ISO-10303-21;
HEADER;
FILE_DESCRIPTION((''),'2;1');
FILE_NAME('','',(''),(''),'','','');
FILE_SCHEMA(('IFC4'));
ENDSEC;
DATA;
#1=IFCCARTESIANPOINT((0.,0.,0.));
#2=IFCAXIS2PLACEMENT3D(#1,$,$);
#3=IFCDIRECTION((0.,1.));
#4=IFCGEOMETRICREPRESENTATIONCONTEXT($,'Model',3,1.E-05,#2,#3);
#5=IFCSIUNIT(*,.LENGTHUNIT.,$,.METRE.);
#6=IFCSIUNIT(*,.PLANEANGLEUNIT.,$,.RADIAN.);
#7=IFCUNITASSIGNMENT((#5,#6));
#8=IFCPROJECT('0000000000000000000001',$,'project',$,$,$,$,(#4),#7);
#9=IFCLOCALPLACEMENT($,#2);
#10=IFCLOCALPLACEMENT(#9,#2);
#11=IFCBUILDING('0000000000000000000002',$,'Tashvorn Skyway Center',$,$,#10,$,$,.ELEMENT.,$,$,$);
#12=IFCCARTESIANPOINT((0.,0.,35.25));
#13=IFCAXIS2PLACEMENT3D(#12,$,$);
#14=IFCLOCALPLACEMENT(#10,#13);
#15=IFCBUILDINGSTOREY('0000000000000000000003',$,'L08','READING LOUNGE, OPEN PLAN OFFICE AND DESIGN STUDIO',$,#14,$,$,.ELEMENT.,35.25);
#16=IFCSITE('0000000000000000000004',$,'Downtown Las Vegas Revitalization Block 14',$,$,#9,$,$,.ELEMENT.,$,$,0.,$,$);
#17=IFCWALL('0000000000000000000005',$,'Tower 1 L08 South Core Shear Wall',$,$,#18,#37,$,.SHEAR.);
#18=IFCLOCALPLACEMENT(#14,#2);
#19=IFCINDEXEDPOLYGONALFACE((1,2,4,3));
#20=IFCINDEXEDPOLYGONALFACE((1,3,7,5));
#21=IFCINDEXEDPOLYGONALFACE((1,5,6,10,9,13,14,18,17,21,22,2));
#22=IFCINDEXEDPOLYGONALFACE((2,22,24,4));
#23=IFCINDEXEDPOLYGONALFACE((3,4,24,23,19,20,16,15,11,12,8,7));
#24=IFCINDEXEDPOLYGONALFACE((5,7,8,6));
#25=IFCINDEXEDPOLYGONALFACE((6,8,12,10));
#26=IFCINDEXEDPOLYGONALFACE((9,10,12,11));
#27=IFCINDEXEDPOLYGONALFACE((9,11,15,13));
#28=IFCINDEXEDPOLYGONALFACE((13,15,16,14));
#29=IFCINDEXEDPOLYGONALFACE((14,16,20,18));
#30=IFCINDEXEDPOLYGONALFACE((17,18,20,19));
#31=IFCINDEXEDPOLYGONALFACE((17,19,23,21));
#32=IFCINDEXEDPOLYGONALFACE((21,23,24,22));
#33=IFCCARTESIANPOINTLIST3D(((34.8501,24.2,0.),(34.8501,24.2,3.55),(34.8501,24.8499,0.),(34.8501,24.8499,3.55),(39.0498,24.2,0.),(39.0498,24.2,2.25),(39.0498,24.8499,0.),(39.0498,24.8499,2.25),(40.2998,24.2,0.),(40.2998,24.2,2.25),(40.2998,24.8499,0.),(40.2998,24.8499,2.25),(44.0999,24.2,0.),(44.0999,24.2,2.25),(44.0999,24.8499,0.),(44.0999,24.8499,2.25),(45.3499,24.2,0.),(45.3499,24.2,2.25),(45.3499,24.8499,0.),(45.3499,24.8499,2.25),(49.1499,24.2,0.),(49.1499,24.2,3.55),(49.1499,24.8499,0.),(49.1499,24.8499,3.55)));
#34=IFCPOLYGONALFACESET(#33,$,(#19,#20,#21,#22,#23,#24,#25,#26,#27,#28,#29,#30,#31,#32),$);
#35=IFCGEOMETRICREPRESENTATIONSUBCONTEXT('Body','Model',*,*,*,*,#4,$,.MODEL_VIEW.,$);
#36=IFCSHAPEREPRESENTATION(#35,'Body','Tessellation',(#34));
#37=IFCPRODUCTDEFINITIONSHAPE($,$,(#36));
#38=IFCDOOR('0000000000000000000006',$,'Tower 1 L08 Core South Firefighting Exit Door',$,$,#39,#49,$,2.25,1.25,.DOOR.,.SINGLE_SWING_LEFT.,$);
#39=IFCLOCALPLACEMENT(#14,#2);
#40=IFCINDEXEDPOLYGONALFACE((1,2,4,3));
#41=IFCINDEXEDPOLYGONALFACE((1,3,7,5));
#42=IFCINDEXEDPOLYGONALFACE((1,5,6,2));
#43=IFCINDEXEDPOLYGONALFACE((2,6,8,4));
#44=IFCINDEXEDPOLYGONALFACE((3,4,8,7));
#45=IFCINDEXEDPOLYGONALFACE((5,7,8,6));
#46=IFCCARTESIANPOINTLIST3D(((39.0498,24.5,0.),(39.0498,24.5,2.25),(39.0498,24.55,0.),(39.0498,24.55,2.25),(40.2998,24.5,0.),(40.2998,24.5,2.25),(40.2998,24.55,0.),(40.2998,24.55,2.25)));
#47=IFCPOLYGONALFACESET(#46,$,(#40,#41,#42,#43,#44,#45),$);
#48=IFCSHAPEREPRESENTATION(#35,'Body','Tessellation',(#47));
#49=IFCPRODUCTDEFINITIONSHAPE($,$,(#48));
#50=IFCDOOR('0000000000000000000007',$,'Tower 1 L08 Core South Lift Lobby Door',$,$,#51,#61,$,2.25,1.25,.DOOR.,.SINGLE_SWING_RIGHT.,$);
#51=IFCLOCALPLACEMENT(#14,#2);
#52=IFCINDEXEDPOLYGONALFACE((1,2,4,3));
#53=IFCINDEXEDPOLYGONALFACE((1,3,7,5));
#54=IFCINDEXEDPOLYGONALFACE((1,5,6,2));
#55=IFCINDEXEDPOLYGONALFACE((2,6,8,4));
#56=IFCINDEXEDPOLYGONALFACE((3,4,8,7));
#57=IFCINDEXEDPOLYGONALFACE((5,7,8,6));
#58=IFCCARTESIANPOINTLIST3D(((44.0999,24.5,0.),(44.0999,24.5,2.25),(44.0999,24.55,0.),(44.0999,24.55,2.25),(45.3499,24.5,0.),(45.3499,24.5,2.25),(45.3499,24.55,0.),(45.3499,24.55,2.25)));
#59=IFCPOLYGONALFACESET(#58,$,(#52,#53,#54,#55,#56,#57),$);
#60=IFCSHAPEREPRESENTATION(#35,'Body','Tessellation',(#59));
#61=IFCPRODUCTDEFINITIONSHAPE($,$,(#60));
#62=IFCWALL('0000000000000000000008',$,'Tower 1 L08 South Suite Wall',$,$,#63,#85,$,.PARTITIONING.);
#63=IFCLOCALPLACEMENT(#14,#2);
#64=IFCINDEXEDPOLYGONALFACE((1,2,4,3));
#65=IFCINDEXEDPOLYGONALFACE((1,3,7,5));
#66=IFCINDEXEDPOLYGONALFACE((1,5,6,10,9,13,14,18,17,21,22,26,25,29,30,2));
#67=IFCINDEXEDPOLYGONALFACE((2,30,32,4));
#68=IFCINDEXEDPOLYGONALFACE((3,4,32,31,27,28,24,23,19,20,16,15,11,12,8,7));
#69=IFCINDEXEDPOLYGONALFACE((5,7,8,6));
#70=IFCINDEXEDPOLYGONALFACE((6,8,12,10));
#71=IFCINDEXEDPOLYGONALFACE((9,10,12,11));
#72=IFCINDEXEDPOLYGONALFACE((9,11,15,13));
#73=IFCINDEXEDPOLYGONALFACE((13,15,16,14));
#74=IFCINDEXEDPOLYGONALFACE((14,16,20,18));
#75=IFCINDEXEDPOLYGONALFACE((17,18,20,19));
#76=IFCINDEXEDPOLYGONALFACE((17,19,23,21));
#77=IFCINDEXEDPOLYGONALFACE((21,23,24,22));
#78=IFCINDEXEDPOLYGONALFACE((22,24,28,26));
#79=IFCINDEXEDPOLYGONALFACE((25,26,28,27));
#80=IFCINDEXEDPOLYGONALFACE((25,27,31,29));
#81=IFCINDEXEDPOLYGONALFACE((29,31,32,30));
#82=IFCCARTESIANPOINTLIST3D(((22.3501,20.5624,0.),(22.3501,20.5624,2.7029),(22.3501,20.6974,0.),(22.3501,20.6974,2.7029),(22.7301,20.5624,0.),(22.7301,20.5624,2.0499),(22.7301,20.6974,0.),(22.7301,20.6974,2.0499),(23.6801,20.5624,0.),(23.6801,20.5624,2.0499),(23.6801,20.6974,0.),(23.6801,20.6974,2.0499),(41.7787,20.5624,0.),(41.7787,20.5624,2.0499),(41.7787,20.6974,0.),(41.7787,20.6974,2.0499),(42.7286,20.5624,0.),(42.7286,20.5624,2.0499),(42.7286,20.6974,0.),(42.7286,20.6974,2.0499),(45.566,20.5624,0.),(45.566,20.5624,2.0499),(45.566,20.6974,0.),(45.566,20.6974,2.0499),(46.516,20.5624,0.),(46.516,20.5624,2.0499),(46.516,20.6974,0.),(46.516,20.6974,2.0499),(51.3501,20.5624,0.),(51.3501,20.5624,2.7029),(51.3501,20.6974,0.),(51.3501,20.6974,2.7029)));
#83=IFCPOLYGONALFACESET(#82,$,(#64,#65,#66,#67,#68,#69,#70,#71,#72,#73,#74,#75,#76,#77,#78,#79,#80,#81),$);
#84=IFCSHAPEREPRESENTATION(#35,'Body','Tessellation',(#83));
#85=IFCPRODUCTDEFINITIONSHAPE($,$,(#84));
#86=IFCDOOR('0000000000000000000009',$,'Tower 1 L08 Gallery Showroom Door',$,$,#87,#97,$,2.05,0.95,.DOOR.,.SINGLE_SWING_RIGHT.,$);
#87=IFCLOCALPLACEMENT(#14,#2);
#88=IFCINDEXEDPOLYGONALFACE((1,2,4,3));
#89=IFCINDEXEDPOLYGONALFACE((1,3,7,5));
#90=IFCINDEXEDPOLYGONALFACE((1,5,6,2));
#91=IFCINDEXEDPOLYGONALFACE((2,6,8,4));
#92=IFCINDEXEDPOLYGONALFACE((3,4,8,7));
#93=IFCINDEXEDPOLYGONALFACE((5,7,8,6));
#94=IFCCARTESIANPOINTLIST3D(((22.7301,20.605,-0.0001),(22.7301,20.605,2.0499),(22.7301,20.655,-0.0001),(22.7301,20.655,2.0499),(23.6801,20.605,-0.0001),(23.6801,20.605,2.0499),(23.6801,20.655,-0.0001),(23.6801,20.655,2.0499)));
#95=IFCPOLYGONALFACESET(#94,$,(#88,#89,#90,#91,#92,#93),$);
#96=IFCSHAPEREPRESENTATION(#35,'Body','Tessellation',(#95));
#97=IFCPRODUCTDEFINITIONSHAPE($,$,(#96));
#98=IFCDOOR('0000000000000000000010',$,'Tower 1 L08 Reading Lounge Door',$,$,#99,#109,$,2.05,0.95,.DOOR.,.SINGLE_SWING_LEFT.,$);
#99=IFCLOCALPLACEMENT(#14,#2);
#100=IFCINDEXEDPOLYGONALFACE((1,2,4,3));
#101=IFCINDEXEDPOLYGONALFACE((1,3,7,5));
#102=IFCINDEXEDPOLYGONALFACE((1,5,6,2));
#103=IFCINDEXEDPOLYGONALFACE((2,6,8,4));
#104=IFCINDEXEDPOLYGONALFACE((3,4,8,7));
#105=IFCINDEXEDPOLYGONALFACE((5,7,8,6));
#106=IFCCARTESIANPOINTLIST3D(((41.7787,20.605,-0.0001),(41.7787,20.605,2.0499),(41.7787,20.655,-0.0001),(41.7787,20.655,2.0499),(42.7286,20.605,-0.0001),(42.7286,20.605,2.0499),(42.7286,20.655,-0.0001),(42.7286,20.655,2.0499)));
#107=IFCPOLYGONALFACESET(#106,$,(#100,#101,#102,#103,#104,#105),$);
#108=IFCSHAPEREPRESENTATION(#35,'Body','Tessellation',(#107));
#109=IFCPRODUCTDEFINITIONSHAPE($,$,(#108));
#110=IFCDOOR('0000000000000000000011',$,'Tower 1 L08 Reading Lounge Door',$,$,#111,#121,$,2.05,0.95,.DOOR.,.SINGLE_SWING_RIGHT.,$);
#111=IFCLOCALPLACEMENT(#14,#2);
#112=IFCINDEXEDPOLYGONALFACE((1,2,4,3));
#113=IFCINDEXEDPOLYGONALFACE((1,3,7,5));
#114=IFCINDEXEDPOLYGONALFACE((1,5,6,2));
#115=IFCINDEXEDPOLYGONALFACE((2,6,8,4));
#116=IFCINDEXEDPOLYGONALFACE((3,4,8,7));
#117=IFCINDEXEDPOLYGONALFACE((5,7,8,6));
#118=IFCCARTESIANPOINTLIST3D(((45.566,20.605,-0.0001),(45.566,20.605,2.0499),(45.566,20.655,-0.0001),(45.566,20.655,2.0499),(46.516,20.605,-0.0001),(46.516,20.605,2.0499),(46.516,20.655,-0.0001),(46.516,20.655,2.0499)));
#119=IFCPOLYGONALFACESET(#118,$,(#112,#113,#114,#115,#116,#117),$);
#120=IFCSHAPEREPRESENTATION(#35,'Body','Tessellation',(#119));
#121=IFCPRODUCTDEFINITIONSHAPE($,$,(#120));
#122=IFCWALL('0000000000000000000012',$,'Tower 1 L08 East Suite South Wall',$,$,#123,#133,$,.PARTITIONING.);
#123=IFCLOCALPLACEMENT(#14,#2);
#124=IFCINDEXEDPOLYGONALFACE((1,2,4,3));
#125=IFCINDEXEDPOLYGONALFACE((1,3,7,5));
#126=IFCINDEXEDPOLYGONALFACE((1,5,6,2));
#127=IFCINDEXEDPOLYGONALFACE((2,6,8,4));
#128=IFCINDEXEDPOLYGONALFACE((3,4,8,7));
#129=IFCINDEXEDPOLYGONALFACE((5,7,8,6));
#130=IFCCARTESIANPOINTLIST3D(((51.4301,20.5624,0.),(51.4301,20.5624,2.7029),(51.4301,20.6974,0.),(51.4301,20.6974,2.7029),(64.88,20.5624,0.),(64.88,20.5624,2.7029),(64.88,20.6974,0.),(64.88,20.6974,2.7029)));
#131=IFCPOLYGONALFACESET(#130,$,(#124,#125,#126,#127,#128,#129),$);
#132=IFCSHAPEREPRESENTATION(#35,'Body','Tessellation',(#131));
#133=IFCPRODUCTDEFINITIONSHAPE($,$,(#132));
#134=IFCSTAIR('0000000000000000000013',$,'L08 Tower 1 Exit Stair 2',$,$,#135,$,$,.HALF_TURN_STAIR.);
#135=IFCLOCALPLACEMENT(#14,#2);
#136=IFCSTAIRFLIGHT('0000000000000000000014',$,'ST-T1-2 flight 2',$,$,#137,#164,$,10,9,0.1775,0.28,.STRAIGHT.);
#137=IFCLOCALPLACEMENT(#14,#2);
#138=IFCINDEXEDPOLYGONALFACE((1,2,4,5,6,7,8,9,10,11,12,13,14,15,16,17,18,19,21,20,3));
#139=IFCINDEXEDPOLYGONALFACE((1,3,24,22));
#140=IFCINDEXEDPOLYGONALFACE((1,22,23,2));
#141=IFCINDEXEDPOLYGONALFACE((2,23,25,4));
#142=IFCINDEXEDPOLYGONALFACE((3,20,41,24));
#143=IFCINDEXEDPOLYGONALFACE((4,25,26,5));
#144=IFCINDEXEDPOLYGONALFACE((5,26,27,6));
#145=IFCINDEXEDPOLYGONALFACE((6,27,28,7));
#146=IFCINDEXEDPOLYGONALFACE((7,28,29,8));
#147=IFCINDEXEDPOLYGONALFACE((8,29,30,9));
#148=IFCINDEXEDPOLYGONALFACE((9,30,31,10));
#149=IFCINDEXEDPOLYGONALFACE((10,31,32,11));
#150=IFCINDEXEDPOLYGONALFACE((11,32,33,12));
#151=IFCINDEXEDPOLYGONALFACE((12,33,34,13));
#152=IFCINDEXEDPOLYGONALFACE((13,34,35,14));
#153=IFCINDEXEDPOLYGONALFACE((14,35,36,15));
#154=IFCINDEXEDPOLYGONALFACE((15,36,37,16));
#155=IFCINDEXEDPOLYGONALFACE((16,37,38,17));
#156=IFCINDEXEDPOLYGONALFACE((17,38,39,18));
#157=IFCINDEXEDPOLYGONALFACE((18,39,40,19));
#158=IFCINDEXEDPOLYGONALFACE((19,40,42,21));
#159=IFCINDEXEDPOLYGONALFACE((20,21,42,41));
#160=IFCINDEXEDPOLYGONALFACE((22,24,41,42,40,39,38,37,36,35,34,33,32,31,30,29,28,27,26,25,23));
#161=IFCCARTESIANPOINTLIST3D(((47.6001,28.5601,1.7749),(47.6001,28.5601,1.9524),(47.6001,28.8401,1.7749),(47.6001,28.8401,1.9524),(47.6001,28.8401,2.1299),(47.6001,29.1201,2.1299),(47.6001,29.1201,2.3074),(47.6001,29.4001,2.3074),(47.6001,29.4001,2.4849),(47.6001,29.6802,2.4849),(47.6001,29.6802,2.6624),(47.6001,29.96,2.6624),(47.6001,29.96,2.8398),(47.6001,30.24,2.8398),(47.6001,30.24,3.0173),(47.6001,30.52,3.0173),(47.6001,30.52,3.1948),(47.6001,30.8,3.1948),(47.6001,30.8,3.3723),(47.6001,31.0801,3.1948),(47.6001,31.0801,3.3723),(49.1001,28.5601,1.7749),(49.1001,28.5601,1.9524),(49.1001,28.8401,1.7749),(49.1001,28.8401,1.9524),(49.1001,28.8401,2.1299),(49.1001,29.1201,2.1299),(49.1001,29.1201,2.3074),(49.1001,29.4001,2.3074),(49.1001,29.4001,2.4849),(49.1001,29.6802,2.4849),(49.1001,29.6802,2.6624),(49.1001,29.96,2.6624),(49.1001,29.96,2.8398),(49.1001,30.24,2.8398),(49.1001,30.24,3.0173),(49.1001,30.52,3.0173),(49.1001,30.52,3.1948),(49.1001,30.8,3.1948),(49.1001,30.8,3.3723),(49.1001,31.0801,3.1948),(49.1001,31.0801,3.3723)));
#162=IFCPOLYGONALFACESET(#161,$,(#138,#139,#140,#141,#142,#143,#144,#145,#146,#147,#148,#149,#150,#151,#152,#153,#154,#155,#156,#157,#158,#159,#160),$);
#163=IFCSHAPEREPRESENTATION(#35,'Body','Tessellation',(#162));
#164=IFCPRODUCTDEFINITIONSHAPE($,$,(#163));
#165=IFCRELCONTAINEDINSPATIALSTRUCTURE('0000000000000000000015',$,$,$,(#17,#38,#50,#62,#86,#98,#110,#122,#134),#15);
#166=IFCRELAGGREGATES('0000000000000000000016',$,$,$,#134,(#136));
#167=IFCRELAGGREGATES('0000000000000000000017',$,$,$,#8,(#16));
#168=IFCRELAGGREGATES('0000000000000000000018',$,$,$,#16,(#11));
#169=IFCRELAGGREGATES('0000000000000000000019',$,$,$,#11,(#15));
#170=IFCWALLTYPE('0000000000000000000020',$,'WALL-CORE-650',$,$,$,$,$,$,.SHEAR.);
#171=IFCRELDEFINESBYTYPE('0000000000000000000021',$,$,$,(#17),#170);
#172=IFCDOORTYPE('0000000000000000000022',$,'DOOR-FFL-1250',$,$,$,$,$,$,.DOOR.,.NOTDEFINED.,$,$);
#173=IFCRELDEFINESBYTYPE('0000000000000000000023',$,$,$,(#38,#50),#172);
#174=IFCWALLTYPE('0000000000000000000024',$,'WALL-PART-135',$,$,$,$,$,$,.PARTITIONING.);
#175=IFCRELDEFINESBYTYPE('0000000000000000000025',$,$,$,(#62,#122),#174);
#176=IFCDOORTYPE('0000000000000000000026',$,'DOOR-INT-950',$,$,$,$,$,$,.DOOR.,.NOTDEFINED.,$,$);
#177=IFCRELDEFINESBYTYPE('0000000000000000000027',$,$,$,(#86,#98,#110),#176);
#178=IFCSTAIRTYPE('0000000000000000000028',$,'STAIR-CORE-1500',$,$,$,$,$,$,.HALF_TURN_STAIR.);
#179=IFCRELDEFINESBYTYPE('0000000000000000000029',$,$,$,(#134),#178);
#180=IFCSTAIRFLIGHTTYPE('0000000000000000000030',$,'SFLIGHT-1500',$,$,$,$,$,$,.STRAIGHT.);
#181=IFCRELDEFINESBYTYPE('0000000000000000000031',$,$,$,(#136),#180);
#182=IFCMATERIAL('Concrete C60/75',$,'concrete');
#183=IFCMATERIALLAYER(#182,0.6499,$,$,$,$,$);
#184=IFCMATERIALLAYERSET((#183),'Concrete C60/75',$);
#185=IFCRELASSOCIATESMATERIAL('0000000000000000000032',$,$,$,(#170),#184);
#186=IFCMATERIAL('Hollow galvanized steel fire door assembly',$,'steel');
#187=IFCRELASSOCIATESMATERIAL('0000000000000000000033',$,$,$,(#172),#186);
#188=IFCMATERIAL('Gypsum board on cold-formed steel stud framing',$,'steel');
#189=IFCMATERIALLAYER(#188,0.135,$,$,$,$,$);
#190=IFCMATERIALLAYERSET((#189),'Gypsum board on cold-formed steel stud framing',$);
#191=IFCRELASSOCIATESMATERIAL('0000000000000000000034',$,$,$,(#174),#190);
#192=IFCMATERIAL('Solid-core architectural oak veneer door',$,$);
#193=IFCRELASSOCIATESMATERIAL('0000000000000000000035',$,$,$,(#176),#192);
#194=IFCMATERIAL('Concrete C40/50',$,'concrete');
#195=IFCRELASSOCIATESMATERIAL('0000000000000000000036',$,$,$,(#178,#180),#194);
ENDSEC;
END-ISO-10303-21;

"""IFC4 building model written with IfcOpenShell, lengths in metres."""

from ifc_helpers import new_model, si_unit, direction, frame, frame_2d, origin, place, context, subcontext, project, spatial, polyline, rectangle, outline, extrude, material, layer, layer_set, type_object, element, fill, aggregate, save


model = new_model("IFC4")

# Units and contexts
model_context = context("Model", 3, precision=1e-05, world=origin(), true_north=direction((0.0, 1.0)))
body_context = subcontext(model_context, "Body", "Model", "MODEL_VIEW")
ifc_project = project(units=[si_unit("LENGTHUNIT", "METRE"), si_unit("PLANEANGLEUNIT", "RADIAN")], contexts=[model_context])

# Site, building, storey
site_placement = place(None, origin())
site = spatial("IfcSite", under=ifc_project, at=site_placement, Name="Downtown Las Vegas Revitalization Block 14", CompositionType="ELEMENT", RefElevation=0.0)
building_placement = place(site_placement, origin())
building = spatial("IfcBuilding", under=site, at=building_placement, Name="Tashvorn Skyway Center", CompositionType="ELEMENT")
storey_placement = place(building_placement, frame((0.0, 0.0, 35.25)))
storey = spatial("IfcBuildingStorey", under=building, at=storey_placement, Name="L08", Description="READING LOUNGE, OPEN PLAN OFFICE AND DESIGN STUDIO", CompositionType="ELEMENT", Elevation=35.25)

# Walls, openings, doors
ifc_material_1 = material(Name="Concrete C60/75", Category="concrete")
ifc_layer_1 = layer(ifc_material_1, 0.6499)
ifc_layer_set_1 = layer_set([ifc_layer_1], Name="Concrete C60/75")
wall_type_1 = type_object("IfcWallType", Name="WALL-CORE-650", PredefinedType="SHEAR", material=ifc_layer_set_1)
wall_1_placement = place(storey_placement, frame((49.1499, 24.5249, 0.0), z_axis=(0.0, 0.0, 1.0), x_axis=(-1.0, 0.0, 0.0)))
wall_1 = element("IfcWall", 1, at=wall_1_placement, inside=storey, type_object=wall_type_1, Name="Tower 1 L08 South Core Shear Wall", PredefinedType="SHEAR", context=body_context, shape_type="SweptSolid", body=[
    extrude(rectangle(XDim=14.2998, YDim=0.6499, at=frame_2d((7.1499, 0.0))), origin(), (0.0, 0.0, 1.0), 3.55),
])
opening_1_placement = place(wall_1_placement, frame((8.8501, 0.0, 0.0)))
opening_1 = element("IfcOpeningElement", 2, at=opening_1_placement, cuts=wall_1, PredefinedType="OPENING", context=body_context, shape_type="SweptSolid", body=[
    extrude(rectangle(XDim=1.25, YDim=2.25, at=frame_2d((0.625, 1.125))), frame((0.0, 0.335, 0.0), z_axis=(0.0, -1.0, 0.0), x_axis=(1.0, 0.0, 0.0)), (0.0, 0.0, 1.0), 0.6699),
])
opening_2_placement = place(wall_1_placement, frame((3.8, 0.0, 0.0)))
opening_2 = element("IfcOpeningElement", 3, at=opening_2_placement, cuts=wall_1, PredefinedType="OPENING", context=body_context, shape_type="SweptSolid", body=[
    extrude(rectangle(XDim=1.25, YDim=2.25, at=frame_2d((0.625, 1.125))), frame((0.0, 0.335, 0.0), z_axis=(0.0, -1.0, 0.0), x_axis=(1.0, 0.0, 0.0)), (0.0, 0.0, 1.0), 0.6699),
])
ifc_material_2 = material(Name="Hollow galvanized steel fire door assembly", Category="steel")
door_type_1 = type_object("IfcDoorType", Name="DOOR-FFL-1250", OperationType="NOTDEFINED", PredefinedType="DOOR", material=ifc_material_2)
door_1_placement = place(opening_1_placement, origin())
door_1 = element("IfcDoor", 4, at=door_1_placement, inside=storey, type_object=door_type_1, Name="Tower 1 L08 Core South Firefighting Exit Door", OperationType="SINGLE_SWING_LEFT", OverallHeight=2.25, OverallWidth=1.25, PredefinedType="DOOR", context=body_context, shape_type="SweptSolid", body=[
    extrude(rectangle(XDim=1.25, YDim=2.25, at=frame_2d((0.625, 1.125))), frame((0.0, 0.0249, 0.0), z_axis=(0.0, -1.0, 0.0), x_axis=(1.0, 0.0, 0.0)), (0.0, 0.0, 1.0), 0.05),
])
fill(opening_1, door_1)
door_2_placement = place(opening_2_placement, origin())
door_2 = element("IfcDoor", 5, at=door_2_placement, inside=storey, type_object=door_type_1, Name="Tower 1 L08 Core South Lift Lobby Door", OperationType="SINGLE_SWING_RIGHT", OverallHeight=2.25, OverallWidth=1.25, PredefinedType="DOOR", context=body_context, shape_type="SweptSolid", body=[
    extrude(rectangle(XDim=1.25, YDim=2.25, at=frame_2d((0.625, 1.125))), frame((0.0, 0.0249, 0.0), z_axis=(0.0, -1.0, 0.0), x_axis=(1.0, 0.0, 0.0)), (0.0, 0.0, 1.0), 0.05),
])
fill(opening_2, door_2)
ifc_material_3 = material(Name="Gypsum board on cold-formed steel stud framing", Category="steel")
ifc_layer_2 = layer(ifc_material_3, 0.135)
ifc_layer_set_2 = layer_set([ifc_layer_2], Name="Gypsum board on cold-formed steel stud framing")
wall_type_2 = type_object("IfcWallType", Name="WALL-PART-135", PredefinedType="PARTITIONING", material=ifc_layer_set_2)
wall_2_placement = place(storey_placement, frame((51.3501, 20.6299, 0.0), z_axis=(0.0, 0.0, 1.0), x_axis=(-1.0, 0.0, 0.0)))
wall_2 = element("IfcWall", 6, at=wall_2_placement, inside=storey, type_object=wall_type_2, Name="Tower 1 L08 South Suite Wall", PredefinedType="PARTITIONING", context=body_context, shape_type="SweptSolid", body=[
    extrude(rectangle(XDim=29.0, YDim=0.135, at=frame_2d((14.5, 0.0))), origin(), (0.0, 0.0, 1.0), 2.7029),
])
opening_3_placement = place(wall_2_placement, frame((27.6699, 0.0, 0.0)))
opening_3 = element("IfcOpeningElement", 7, at=opening_3_placement, cuts=wall_2, PredefinedType="OPENING", context=body_context, shape_type="SweptSolid", body=[
    extrude(rectangle(XDim=0.95, YDim=2.05, at=frame_2d((0.4751, 1.0249))), frame((0.0, 0.0774, 0.0), z_axis=(0.0, -1.0, 0.0), x_axis=(1.0, 0.0, 0.0)), (0.0, 0.0, 1.0), 0.155),
])
opening_4_placement = place(wall_2_placement, frame((8.6213, 0.0, 0.0)))
opening_4 = element("IfcOpeningElement", 8, at=opening_4_placement, cuts=wall_2, PredefinedType="OPENING", context=body_context, shape_type="SweptSolid", body=[
    extrude(rectangle(XDim=0.95, YDim=2.05, at=frame_2d((0.4751, 1.0249))), frame((0.0, 0.0774, 0.0), z_axis=(0.0, -1.0, 0.0), x_axis=(1.0, 0.0, 0.0)), (0.0, 0.0, 1.0), 0.155),
])
opening_5_placement = place(wall_2_placement, frame((4.834, 0.0, 0.0)))
opening_5 = element("IfcOpeningElement", 9, at=opening_5_placement, cuts=wall_2, PredefinedType="OPENING", context=body_context, shape_type="SweptSolid", body=[
    extrude(rectangle(XDim=0.95, YDim=2.05, at=frame_2d((0.4751, 1.0249))), frame((0.0, 0.0774, 0.0), z_axis=(0.0, -1.0, 0.0), x_axis=(1.0, 0.0, 0.0)), (0.0, 0.0, 1.0), 0.155),
])
ifc_material_4 = material(Name="Solid-core architectural oak veneer door")
door_type_2 = type_object("IfcDoorType", Name="DOOR-INT-950", OperationType="NOTDEFINED", PredefinedType="DOOR", material=ifc_material_4)
door_3_placement = place(opening_3_placement, origin())
door_3 = element("IfcDoor", 10, at=door_3_placement, inside=storey, type_object=door_type_2, Name="Tower 1 L08 Gallery Showroom Door", OperationType="SINGLE_SWING_RIGHT", OverallHeight=2.05, OverallWidth=0.95, PredefinedType="DOOR", context=body_context, shape_type="SweptSolid", body=[
    extrude(rectangle(XDim=0.95, YDim=2.05, at=frame_2d((0.4751, 1.0249))), frame((0.0, 0.0249, 0.0), z_axis=(0.0, -1.0, 0.0), x_axis=(1.0, 0.0, 0.0)), (0.0, 0.0, 1.0), 0.05),
])
fill(opening_3, door_3)
door_4_placement = place(opening_4_placement, origin())
door_4 = element("IfcDoor", 11, at=door_4_placement, inside=storey, type_object=door_type_2, Name="Tower 1 L08 Reading Lounge Door", OperationType="SINGLE_SWING_LEFT", OverallHeight=2.05, OverallWidth=0.95, PredefinedType="DOOR", context=body_context, shape_type="SweptSolid", body=[
    extrude(rectangle(XDim=0.95, YDim=2.05, at=frame_2d((0.4751, 1.0249))), frame((0.0, 0.0249, 0.0), z_axis=(0.0, -1.0, 0.0), x_axis=(1.0, 0.0, 0.0)), (0.0, 0.0, 1.0), 0.05),
])
fill(opening_4, door_4)
door_5_placement = place(opening_5_placement, origin())
door_5 = element("IfcDoor", 12, at=door_5_placement, inside=storey, type_object=door_type_2, Name="Tower 1 L08 Reading Lounge Door", OperationType="SINGLE_SWING_RIGHT", OverallHeight=2.05, OverallWidth=0.95, PredefinedType="DOOR", context=body_context, shape_type="SweptSolid", body=[
    extrude(rectangle(XDim=0.95, YDim=2.05, at=frame_2d((0.4751, 1.0249))), frame((0.0, 0.0249, 0.0), z_axis=(0.0, -1.0, 0.0), x_axis=(1.0, 0.0, 0.0)), (0.0, 0.0, 1.0), 0.05),
])
fill(opening_5, door_5)

# Wall
wall_3_placement = place(storey_placement, frame((51.4299, 20.6299, 0.0), z_axis=(0.0, 0.0, 1.0), x_axis=(1.0, 0.0, 0.0)))
element("IfcWall", 13, at=wall_3_placement, inside=storey, type_object=wall_type_2, Name="Tower 1 L08 East Suite South Wall", PredefinedType="PARTITIONING", context=body_context, shape_type="SweptSolid", body=[
    extrude(rectangle(XDim=13.45, YDim=0.135, at=frame_2d((6.7251, 0.0))), origin(), (0.0, 0.0, 1.0), 2.7029),
])

# Stair, stair flight
ifc_material_5 = material(Name="Concrete C40/50", Category="concrete")
stair_type = type_object("IfcStairType", Name="STAIR-CORE-1500", PredefinedType="HALF_TURN_STAIR", material=ifc_material_5)
stair_placement = place(storey_placement, origin())
stair = element("IfcStair", 14, at=stair_placement, inside=storey, type_object=stair_type, Name="L08 Tower 1 Exit Stair 2", PredefinedType="HALF_TURN_STAIR")
stair_flight_type = type_object("IfcStairFlightType", Name="SFLIGHT-1500", PredefinedType="STRAIGHT", material=ifc_material_5)
stair_flight_placement = place(storey_placement, frame((48.3501, 28.5601, 1.7749), z_axis=(0.0, 0.0, 1.0), x_axis=(0.0, 1.0, 0.0)))
stair_flight = element("IfcStairFlight", 15, at=stair_flight_placement, type_object=stair_flight_type, Name="ST-T1-2 flight 2", NumberOfRisers=10, NumberOfTreads=9, PredefinedType="STRAIGHT", RiserHeight=0.1775, TreadLength=0.28, context=body_context, shape_type="SweptSolid", body=[
    extrude(outline(polyline([(0.0, 0.0), (0.0, 0.1775), (0.28, 0.1775), (0.28, 0.355), (0.5601, 0.355), (0.5601, 0.5325), (0.8401, 0.5325), (0.8401, 0.71), (1.1201, 0.71), (1.1201, 0.8875), (1.3999, 0.8875), (1.3999, 1.0649), (1.6799, 1.0649), (1.6799, 1.2424), (1.96, 1.2424), (1.96, 1.4199), (2.24, 1.4199), (2.24, 1.5974), (2.52, 1.5974), (2.52, 1.7749), (2.52, 1.4199), (0.28, 0.0), (0.0, 0.0)])), frame((0.0, 0.75, 0.0), z_axis=(0.0, -1.0, 0.0), x_axis=(1.0, 0.0, 0.0)), (0.0, 0.0, 1.0), 1.5),
])
aggregate(stair, [stair_flight])

save(model, "model.ifc")
